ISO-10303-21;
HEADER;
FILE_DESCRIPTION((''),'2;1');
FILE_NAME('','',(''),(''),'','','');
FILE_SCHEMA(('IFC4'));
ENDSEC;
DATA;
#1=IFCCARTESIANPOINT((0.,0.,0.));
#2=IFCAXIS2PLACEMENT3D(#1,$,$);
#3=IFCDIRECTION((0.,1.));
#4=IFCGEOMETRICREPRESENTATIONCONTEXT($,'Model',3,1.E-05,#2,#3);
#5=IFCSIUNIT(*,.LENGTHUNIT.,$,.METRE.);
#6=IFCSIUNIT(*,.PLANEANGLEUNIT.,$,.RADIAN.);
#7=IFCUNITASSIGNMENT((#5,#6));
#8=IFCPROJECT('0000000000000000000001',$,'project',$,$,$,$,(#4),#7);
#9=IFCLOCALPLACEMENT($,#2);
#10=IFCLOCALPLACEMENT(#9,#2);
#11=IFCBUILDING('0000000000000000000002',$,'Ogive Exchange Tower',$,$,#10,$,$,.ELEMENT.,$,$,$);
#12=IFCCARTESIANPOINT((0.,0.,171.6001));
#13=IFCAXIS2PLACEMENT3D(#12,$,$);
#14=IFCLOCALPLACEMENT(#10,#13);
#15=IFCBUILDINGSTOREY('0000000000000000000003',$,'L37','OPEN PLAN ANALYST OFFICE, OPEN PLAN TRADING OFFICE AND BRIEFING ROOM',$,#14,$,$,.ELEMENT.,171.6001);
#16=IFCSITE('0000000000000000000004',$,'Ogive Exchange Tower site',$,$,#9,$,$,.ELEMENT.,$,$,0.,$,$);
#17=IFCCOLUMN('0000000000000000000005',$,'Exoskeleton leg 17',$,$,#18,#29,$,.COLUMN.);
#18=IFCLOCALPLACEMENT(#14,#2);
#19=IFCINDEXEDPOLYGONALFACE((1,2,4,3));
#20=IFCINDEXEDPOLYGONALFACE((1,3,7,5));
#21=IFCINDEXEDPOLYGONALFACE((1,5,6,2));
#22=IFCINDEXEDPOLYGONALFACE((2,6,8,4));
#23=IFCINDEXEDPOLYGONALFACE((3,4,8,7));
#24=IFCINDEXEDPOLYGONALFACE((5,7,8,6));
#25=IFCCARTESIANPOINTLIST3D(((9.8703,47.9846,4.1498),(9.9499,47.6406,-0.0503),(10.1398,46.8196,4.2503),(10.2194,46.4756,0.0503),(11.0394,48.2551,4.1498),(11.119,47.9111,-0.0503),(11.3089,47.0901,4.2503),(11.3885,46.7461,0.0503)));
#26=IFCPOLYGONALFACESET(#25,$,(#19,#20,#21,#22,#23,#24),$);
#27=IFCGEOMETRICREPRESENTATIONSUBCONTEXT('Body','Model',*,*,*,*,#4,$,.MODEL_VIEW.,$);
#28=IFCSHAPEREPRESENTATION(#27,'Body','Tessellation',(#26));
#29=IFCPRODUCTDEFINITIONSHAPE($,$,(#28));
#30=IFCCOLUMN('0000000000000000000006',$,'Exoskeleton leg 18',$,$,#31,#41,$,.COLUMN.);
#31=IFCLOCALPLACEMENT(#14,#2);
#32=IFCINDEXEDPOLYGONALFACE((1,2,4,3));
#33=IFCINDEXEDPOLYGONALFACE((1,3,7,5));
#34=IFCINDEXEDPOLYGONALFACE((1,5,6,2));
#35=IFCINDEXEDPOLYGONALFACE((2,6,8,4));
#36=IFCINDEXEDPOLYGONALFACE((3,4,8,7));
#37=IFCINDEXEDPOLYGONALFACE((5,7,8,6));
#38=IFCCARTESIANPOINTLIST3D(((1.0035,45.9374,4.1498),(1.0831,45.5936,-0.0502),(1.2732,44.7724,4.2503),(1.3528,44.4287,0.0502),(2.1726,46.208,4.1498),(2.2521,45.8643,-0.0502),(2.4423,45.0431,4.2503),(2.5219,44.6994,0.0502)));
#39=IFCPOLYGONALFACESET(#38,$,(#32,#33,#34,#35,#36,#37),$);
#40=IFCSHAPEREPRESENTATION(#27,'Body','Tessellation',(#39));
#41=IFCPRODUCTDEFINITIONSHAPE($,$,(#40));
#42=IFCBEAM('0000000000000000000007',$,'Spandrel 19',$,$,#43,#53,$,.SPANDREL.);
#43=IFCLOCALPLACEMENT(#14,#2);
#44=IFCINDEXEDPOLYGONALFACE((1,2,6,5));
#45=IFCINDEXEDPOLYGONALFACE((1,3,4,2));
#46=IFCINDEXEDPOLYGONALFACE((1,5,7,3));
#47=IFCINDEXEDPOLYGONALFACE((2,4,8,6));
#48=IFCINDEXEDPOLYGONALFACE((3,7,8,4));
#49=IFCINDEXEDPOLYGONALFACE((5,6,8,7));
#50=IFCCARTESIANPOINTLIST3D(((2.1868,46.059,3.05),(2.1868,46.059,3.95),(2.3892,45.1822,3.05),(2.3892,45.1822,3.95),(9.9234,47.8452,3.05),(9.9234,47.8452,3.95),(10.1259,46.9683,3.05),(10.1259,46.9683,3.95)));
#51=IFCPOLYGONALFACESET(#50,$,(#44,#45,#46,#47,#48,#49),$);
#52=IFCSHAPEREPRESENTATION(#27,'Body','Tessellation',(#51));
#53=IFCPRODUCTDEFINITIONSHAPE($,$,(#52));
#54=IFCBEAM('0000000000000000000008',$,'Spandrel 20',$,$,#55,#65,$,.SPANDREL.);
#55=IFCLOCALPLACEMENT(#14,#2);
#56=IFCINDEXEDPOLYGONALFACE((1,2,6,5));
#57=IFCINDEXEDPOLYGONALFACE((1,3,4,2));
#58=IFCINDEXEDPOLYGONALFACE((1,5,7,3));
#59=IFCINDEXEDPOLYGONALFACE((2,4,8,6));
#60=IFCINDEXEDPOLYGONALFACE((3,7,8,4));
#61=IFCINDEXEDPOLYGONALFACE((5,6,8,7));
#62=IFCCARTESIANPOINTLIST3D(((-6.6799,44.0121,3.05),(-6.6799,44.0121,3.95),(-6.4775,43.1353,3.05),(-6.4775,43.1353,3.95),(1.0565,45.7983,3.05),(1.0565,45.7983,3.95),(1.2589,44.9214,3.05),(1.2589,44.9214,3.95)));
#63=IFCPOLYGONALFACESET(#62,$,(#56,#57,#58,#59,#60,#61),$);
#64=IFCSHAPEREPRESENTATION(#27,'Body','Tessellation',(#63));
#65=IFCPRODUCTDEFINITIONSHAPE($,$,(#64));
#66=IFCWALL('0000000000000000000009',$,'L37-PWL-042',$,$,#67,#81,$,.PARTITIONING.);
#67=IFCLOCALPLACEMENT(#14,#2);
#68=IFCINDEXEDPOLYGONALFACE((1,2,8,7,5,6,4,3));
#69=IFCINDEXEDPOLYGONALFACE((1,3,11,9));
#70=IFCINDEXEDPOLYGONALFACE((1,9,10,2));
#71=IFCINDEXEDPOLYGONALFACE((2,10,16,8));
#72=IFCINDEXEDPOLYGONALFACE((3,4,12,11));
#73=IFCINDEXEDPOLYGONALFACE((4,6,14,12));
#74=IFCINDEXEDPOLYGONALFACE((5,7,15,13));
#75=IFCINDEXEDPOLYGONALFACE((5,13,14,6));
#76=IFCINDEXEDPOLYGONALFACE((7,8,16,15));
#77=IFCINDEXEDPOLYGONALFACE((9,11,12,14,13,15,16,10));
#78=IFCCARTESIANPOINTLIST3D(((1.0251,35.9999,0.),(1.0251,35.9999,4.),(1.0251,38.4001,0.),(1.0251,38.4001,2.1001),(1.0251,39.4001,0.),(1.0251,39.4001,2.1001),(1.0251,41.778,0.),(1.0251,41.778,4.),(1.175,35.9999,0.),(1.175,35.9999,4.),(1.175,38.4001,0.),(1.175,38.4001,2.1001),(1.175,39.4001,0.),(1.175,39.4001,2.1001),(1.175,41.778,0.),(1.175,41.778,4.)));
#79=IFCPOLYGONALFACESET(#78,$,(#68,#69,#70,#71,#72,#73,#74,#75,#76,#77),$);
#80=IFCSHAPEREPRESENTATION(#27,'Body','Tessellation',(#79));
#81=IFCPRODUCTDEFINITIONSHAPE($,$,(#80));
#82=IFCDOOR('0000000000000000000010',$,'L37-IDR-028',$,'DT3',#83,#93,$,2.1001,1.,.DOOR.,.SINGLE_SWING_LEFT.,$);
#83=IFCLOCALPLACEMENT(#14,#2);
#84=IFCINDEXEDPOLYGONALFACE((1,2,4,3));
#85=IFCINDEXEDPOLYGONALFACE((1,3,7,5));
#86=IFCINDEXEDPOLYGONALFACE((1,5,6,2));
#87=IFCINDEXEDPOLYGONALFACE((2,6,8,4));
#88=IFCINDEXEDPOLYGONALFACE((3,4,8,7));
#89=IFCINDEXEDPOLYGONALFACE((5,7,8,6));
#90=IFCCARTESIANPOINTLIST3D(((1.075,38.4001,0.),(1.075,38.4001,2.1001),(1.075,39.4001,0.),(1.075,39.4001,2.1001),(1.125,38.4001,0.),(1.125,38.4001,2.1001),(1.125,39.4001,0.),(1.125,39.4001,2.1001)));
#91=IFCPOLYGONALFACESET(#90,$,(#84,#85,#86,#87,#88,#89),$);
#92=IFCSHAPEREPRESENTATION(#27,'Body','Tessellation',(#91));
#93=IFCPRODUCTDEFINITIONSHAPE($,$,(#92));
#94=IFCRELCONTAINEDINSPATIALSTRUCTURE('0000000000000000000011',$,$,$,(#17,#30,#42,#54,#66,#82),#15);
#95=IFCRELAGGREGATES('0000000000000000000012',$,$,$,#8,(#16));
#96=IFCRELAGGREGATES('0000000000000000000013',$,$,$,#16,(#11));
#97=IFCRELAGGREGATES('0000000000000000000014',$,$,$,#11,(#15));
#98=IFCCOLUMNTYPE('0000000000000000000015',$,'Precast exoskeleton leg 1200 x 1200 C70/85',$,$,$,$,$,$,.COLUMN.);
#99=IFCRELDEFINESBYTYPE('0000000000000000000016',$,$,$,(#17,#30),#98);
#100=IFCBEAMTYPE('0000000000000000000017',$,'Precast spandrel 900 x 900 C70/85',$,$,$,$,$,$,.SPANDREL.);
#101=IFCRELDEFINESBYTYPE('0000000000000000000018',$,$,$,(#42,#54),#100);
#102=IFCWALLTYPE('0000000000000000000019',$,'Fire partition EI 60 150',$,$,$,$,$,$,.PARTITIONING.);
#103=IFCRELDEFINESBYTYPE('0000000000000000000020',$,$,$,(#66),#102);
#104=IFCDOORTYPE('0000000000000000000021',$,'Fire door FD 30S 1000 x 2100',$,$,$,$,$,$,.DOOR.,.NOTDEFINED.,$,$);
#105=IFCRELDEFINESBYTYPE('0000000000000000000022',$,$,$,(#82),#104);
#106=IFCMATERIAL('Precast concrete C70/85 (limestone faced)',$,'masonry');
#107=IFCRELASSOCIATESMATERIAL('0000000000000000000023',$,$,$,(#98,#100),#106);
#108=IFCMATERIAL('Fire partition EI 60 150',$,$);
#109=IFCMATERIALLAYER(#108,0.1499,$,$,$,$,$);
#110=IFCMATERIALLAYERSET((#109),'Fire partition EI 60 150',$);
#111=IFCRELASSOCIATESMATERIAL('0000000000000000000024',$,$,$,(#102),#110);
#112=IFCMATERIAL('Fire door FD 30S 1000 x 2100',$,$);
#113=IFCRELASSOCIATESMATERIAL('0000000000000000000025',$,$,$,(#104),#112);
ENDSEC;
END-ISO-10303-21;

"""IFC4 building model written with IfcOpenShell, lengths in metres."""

from ifc_helpers import new_model, si_unit, direction, frame, frame_2d, origin, origin_2d, place, context, subcontext, project, spatial, rectangle, extrude, material, layer, layer_set, material_profile, profile_set, type_object, element, fill, save


model = new_model("IFC4")

# Units and contexts
model_context = context("Model", 3, precision=1e-05, world=origin(), true_north=direction((0.0, 1.0)))
body_context = subcontext(model_context, "Body", "Model", "MODEL_VIEW")
ifc_project = project(units=[si_unit("LENGTHUNIT", "METRE"), si_unit("PLANEANGLEUNIT", "RADIAN")], contexts=[model_context])

# Site, building, storey
site_placement = place(None, origin())
site = spatial("IfcSite", under=ifc_project, at=site_placement, Name="Ogive Exchange Tower site", CompositionType="ELEMENT", RefElevation=0.0)
building_placement = place(site_placement, origin())
building = spatial("IfcBuilding", under=site, at=building_placement, Name="Ogive Exchange Tower", CompositionType="ELEMENT")
storey_placement = place(building_placement, frame((0.0, 0.0, 171.6001)))
storey = spatial("IfcBuildingStorey", under=building, at=storey_placement, Name="L37", Description="OPEN PLAN ANALYST OFFICE, OPEN PLAN TRADING OFFICE AND BRIEFING ROOM", CompositionType="ELEMENT", Elevation=171.6001)

# Columns
ifc_material_1 = material(Name="Precast concrete C70/85 (limestone faced)", Category="masonry")
ifc_material_profile_1 = material_profile(ifc_material_1, rectangle(XDim=1.2, YDim=1.2, at=origin_2d()), Name="1200 x 1200")
ifc_profile_set_1 = profile_set([ifc_material_profile_1], Name="Precast concrete C70/85 (limestone faced)")
column_type = type_object("IfcColumnType", Name="Precast exoskeleton leg 1200 x 1200 C70/85", PredefinedType="COLUMN", material=ifc_profile_set_1)
for number, where, z_axis, x_axis, name in (
    (1, (10.6692, 47.1934, 0.0), (-0.018884, 0.081616, 0.996485), (-0.974263, -0.225415, 0.0), "Exoskeleton leg 17"),
    (2, (1.8025, 45.1465, 0.0), (-0.018884, 0.081559, 0.99649), (-0.974228, -0.225567, 0.0), "Exoskeleton leg 18"),
):
    element("IfcColumn", number, at=place(storey_placement, frame(where, z_axis=z_axis, x_axis=x_axis)), inside=storey, type_object=column_type, Name=name, PredefinedType="COLUMN", context=body_context, shape_type="SweptSolid", body=[
        extrude(rectangle(XDim=1.2, YDim=1.2, at=origin_2d()), origin(), (0.0, 0.0, 1.0), 4.2148),
    ])

# Beams
ifc_material_profile_2 = material_profile(ifc_material_1, rectangle(XDim=0.8999, YDim=0.8999, at=origin_2d()), Name="900 x 900")
ifc_profile_set_2 = profile_set([ifc_material_profile_2], Name="Precast concrete C70/85 (limestone faced)")
beam_type = type_object("IfcBeamType", Name="Precast spandrel 900 x 900 C70/85", PredefinedType="SPANDREL", material=ifc_profile_set_2)
beam_1_placement = place(storey_placement, frame((10.0247, 47.4067, 3.5), z_axis=(-0.97437, -0.224952, 0.0), x_axis=(0.224952, -0.97437, 0.0)))
element("IfcBeam", 3, at=beam_1_placement, inside=storey, type_object=beam_type, Name="Spandrel 19", PredefinedType="SPANDREL", context=body_context, shape_type="SweptSolid", body=[
    extrude(rectangle(XDim=0.8999, YDim=0.8999, at=origin_2d()), origin(), (0.0, 0.0, 1.0), 7.9402),
])
beam_2_placement = place(storey_placement, frame((1.1577, 45.3599, 3.5), z_axis=(-0.974368, -0.224958, 0.0), x_axis=(0.224958, -0.974368, 0.0)))
element("IfcBeam", 4, at=beam_2_placement, inside=storey, type_object=beam_type, Name="Spandrel 20", PredefinedType="SPANDREL", context=body_context, shape_type="SweptSolid", body=[
    extrude(rectangle(XDim=0.8999, YDim=0.8999, at=origin_2d()), origin(), (0.0, 0.0, 1.0), 7.9399),
])

# Wall, opening, door
ifc_material_2 = material(Name="Fire partition EI 60 150")
ifc_layer_1 = layer(ifc_material_2, 0.1499)
ifc_layer_set_1 = layer_set([ifc_layer_1], Name="Fire partition EI 60 150")
wall_type_1 = type_object("IfcWallType", Name="Fire partition EI 60 150", PredefinedType="PARTITIONING", material=ifc_layer_set_1)
wall_1_placement = place(storey_placement, frame((1.1001, 41.7781, 0.0), z_axis=(0.0, 0.0, 1.0), x_axis=(0.0, -1.0, 0.0)))
wall_1 = element("IfcWall", 5, at=wall_1_placement, inside=storey, type_object=wall_type_1, Name="L37-PWL-042", PredefinedType="PARTITIONING", context=body_context, shape_type="SweptSolid", body=[
    extrude(rectangle(XDim=5.7781, YDim=0.1499, at=frame_2d((2.8892, 0.0))), origin(), (0.0, 0.0, 1.0), 4.0),
])
opening_1_placement = place(wall_1_placement, frame((2.3779, 0.0, 0.0)))
opening_1 = element("IfcOpeningElement", 6, at=opening_1_placement, cuts=wall_1, PredefinedType="OPENING", context=body_context, shape_type="SweptSolid", body=[
    extrude(rectangle(XDim=1.0, YDim=2.1001, at=frame_2d((0.5, 1.05))), frame((0.0, 0.085, 0.0), z_axis=(0.0, -1.0, 0.0), x_axis=(1.0, 0.0, 0.0)), (0.0, 0.0, 1.0), 0.1699),
])
ifc_material_3 = material(Name="Fire door FD 30S 1000 x 2100")
door_type_1 = type_object("IfcDoorType", Name="Fire door FD 30S 1000 x 2100", OperationType="NOTDEFINED", PredefinedType="DOOR", material=ifc_material_3)
door_1_placement = place(opening_1_placement, origin())
door_1 = element("IfcDoor", 7, at=door_1_placement, inside=storey, type_object=door_type_1, Name="L37-IDR-028", ObjectType="DT3", OperationType="SINGLE_SWING_LEFT", OverallHeight=2.1001, OverallWidth=1.0, PredefinedType="DOOR", context=body_context, shape_type="SweptSolid", body=[
    extrude(rectangle(XDim=1.0, YDim=2.1001, at=frame_2d((0.5, 1.05))), frame((0.0, 0.0249, 0.0), z_axis=(0.0, -1.0, 0.0), x_axis=(1.0, 0.0, 0.0)), (0.0, 0.0, 1.0), 0.05),
])
fill(opening_1, door_1)

save(model, "model.ifc")
